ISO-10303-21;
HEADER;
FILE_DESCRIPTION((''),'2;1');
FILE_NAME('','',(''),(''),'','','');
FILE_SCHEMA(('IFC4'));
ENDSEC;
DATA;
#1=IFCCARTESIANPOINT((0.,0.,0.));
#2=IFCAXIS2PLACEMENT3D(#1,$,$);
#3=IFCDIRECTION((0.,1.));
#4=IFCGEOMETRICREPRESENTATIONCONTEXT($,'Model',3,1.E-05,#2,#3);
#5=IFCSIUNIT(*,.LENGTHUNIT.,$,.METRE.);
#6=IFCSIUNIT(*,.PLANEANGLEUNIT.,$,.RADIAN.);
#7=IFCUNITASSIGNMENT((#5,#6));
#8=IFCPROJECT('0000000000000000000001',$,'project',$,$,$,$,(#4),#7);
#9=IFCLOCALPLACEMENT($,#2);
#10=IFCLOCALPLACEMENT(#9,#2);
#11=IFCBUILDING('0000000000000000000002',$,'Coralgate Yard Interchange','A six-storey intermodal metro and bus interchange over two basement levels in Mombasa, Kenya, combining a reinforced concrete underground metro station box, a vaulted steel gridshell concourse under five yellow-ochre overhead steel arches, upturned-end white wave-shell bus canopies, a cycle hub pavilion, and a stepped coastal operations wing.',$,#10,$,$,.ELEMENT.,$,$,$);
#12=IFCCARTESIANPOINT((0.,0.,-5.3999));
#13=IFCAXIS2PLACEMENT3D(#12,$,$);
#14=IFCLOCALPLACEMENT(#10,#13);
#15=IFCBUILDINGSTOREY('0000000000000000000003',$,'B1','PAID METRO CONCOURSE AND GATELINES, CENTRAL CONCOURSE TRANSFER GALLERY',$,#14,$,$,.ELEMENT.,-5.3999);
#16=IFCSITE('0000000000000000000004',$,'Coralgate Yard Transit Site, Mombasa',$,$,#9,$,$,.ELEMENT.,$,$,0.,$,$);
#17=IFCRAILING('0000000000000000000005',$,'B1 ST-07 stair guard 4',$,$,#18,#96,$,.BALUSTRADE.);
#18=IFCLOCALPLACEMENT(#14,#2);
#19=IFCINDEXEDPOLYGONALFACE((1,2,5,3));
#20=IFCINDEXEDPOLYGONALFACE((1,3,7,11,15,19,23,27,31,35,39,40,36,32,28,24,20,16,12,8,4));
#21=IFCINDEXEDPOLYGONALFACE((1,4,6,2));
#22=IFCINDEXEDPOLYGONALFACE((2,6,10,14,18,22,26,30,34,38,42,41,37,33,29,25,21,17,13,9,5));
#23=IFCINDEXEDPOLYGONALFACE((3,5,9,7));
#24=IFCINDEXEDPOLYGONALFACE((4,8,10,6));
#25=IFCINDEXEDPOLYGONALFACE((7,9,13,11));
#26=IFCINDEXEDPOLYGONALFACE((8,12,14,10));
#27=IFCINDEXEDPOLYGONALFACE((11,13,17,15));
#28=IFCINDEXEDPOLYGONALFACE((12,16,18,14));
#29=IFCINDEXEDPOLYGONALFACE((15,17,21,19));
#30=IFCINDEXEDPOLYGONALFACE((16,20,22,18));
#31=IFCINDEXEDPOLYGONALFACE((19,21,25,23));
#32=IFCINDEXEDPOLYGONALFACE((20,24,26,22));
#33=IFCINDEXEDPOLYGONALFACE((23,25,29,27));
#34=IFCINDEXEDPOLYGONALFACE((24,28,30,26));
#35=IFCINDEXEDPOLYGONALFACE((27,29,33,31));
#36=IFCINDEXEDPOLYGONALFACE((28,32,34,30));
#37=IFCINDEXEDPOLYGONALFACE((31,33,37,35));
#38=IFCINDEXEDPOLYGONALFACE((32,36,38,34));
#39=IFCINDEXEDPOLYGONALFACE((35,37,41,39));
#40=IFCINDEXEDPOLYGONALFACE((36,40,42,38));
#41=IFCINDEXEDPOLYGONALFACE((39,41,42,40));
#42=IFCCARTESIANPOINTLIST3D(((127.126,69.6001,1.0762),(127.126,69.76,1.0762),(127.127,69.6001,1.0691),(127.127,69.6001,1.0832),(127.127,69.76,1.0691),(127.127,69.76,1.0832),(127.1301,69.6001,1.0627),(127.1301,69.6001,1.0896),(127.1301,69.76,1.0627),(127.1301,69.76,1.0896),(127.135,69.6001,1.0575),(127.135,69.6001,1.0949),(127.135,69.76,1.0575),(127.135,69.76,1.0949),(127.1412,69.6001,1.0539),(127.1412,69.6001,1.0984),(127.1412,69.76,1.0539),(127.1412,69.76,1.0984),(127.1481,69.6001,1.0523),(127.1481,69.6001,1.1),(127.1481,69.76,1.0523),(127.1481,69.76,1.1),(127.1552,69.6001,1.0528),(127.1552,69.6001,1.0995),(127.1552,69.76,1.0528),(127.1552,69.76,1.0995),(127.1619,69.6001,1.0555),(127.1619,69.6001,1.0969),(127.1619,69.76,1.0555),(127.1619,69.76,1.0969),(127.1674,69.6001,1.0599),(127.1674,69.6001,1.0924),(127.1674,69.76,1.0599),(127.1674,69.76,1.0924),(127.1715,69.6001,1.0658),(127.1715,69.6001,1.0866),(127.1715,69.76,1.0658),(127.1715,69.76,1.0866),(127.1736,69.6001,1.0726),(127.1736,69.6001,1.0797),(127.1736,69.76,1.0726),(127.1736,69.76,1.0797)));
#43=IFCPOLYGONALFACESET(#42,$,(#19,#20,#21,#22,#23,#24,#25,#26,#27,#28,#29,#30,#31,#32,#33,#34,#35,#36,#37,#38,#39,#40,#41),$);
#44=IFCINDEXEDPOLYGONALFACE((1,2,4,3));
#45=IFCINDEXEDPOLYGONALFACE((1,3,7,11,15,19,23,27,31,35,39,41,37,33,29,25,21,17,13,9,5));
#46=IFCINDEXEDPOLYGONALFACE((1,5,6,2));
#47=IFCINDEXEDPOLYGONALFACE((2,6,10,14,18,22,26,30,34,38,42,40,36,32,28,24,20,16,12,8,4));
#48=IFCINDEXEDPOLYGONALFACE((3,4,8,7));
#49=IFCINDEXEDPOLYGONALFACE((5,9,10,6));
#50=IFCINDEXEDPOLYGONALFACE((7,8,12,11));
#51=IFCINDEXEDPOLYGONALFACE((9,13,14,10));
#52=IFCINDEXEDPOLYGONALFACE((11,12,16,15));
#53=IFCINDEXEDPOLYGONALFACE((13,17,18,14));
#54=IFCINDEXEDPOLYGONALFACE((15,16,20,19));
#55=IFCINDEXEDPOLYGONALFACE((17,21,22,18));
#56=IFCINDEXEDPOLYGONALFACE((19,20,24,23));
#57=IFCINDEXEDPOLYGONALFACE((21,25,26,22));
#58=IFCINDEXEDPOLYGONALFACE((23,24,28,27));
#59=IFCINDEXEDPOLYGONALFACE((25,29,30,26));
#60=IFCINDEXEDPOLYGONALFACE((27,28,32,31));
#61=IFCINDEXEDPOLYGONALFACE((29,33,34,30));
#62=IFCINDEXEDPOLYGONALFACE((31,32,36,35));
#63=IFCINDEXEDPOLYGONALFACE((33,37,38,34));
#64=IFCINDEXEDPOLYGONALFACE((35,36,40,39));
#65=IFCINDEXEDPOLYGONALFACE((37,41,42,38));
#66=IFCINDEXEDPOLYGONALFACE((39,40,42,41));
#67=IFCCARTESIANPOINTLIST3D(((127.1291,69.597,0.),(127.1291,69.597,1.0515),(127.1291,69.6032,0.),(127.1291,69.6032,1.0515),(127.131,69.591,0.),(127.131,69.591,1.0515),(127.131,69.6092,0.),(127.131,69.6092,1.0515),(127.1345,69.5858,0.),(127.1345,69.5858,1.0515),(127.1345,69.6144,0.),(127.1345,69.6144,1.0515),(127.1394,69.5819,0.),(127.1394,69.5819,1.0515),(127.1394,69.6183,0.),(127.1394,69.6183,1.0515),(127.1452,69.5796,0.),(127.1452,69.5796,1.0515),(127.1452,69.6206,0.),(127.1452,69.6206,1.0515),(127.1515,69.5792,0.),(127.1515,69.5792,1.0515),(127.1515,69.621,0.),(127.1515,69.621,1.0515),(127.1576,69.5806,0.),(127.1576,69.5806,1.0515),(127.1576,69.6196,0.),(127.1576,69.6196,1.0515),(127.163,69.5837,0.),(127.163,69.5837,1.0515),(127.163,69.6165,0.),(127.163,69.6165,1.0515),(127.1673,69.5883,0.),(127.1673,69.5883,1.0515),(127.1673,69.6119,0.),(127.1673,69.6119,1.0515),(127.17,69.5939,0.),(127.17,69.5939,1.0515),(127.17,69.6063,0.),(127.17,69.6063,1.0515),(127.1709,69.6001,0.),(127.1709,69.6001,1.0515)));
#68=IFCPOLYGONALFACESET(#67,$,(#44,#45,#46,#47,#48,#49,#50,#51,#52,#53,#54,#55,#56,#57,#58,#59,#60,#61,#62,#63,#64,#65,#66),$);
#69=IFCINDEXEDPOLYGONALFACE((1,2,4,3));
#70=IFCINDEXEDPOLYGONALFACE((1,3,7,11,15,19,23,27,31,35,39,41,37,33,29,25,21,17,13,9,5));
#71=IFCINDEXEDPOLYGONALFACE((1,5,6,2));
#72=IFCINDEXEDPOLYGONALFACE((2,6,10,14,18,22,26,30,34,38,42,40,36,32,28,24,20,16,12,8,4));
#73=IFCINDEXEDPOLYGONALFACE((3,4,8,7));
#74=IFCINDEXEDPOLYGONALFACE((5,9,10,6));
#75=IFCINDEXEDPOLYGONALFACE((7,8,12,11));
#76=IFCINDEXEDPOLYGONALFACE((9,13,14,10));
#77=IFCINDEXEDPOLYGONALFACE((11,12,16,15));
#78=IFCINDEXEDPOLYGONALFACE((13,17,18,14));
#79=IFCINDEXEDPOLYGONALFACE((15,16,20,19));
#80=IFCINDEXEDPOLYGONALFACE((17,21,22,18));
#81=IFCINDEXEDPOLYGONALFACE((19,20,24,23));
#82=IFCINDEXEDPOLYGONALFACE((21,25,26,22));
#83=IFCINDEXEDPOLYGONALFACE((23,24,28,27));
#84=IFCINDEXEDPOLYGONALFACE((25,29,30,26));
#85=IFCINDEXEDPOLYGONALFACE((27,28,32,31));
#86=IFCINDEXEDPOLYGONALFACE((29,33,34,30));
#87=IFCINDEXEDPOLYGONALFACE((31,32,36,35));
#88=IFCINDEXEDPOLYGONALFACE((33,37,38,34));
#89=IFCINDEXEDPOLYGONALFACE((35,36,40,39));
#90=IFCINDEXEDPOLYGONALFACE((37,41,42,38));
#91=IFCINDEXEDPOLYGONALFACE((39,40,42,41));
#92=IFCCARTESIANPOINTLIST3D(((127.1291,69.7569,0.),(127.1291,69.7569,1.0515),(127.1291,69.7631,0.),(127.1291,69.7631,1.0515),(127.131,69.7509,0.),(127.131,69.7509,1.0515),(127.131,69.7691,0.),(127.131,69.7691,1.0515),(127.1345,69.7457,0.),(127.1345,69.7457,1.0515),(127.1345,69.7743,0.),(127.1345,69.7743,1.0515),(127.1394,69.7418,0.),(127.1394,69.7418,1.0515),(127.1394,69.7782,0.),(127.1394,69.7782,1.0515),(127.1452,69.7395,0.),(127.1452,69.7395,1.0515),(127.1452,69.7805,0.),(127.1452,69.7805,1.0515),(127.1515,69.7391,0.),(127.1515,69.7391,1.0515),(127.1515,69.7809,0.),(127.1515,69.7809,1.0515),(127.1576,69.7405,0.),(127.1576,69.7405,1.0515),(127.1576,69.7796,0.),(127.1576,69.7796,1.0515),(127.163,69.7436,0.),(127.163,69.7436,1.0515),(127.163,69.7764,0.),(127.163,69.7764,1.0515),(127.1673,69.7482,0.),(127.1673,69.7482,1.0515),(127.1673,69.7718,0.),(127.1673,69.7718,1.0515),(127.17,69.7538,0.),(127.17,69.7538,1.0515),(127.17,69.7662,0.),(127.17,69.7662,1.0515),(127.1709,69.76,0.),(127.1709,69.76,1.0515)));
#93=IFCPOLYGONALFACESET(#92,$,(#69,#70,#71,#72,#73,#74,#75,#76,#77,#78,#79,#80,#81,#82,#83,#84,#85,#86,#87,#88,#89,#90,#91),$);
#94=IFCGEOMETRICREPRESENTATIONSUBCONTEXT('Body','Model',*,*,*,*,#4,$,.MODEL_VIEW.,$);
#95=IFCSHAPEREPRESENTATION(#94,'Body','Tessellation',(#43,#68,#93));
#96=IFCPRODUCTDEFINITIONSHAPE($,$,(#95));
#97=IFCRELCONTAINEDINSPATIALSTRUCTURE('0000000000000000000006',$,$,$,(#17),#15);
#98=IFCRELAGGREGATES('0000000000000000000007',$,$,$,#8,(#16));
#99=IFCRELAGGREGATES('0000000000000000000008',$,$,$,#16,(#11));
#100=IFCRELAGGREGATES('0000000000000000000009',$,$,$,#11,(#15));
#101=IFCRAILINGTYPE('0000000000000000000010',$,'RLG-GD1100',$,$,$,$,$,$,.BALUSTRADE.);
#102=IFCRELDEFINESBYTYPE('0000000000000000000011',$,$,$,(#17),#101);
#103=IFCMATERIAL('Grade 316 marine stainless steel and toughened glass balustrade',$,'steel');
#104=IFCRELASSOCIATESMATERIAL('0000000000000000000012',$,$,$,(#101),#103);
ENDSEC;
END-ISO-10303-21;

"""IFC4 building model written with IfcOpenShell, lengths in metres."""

from ifc_helpers import new_model, si_unit, direction, frame, origin, origin_2d, place, context, subcontext, project, spatial, circle, extrude, material, type_object, element, save


model = new_model("IFC4")

# Units and contexts
model_context = context("Model", 3, precision=1e-05, world=origin(), true_north=direction((0.0, 1.0)))
body_context = subcontext(model_context, "Body", "Model", "MODEL_VIEW")
ifc_project = project(units=[si_unit("LENGTHUNIT", "METRE"), si_unit("PLANEANGLEUNIT", "RADIAN")], contexts=[model_context])

# Site, building, storey
site_placement = place(None, origin())
site = spatial("IfcSite", under=ifc_project, at=site_placement, Name="Coralgate Yard Transit Site, Mombasa", CompositionType="ELEMENT", RefElevation=0.0)
building_placement = place(site_placement, origin())
building = spatial("IfcBuilding", under=site, at=building_placement, Name="Coralgate Yard Interchange", Description="A six-storey intermodal metro and bus interchange over two basement levels in Mombasa, Kenya, combining a reinforced concrete underground metro station box, a vaulted steel gridshell concourse under five yellow-ochre overhead steel arches, upturned-end white wave-shell bus canopies, a cycle hub pavilion, and a stepped coastal operations wing.", CompositionType="ELEMENT")
storey_placement = place(building_placement, frame((0.0, 0.0, -5.3999)))
storey = spatial("IfcBuildingStorey", under=building, at=storey_placement, Name="B1", Description="PAID METRO CONCOURSE AND GATELINES, CENTRAL CONCOURSE TRANSFER GALLERY", CompositionType="ELEMENT", Elevation=-5.3999)

# Railing
ifc_material_1 = material(Name="Grade 316 marine stainless steel and toughened glass balustrade", Category="steel")
railing_type_1 = type_object("IfcRailingType", Name="RLG-GD1100", PredefinedType="BALUSTRADE", material=ifc_material_1)
railing_1_placement = place(storey_placement, frame((127.1499, 69.6001, 0.0)))
element("IfcRailing", 1, at=railing_1_placement, inside=storey, type_object=railing_type_1, Name="B1 ST-07 stair guard 4", PredefinedType="BALUSTRADE", context=body_context, shape_type="SweptSolid", body=[
    extrude(circle(Radius=0.0239, at=origin_2d()), frame((0.0, 0.0, 1.0762), z_axis=(0.0, 1.0, 0.0), x_axis=(-1.0, 0.0, 0.0)), (0.0, 0.0, 1.0), 0.1599),
    extrude(circle(Radius=0.021, at=origin_2d()), origin(), (0.0, 0.0, 1.0), 1.0515),
    extrude(circle(Radius=0.021, at=origin_2d()), frame((0.0, 0.1599, 0.0)), (0.0, 0.0, 1.0), 1.0515),
])

save(model, "model.ifc")
